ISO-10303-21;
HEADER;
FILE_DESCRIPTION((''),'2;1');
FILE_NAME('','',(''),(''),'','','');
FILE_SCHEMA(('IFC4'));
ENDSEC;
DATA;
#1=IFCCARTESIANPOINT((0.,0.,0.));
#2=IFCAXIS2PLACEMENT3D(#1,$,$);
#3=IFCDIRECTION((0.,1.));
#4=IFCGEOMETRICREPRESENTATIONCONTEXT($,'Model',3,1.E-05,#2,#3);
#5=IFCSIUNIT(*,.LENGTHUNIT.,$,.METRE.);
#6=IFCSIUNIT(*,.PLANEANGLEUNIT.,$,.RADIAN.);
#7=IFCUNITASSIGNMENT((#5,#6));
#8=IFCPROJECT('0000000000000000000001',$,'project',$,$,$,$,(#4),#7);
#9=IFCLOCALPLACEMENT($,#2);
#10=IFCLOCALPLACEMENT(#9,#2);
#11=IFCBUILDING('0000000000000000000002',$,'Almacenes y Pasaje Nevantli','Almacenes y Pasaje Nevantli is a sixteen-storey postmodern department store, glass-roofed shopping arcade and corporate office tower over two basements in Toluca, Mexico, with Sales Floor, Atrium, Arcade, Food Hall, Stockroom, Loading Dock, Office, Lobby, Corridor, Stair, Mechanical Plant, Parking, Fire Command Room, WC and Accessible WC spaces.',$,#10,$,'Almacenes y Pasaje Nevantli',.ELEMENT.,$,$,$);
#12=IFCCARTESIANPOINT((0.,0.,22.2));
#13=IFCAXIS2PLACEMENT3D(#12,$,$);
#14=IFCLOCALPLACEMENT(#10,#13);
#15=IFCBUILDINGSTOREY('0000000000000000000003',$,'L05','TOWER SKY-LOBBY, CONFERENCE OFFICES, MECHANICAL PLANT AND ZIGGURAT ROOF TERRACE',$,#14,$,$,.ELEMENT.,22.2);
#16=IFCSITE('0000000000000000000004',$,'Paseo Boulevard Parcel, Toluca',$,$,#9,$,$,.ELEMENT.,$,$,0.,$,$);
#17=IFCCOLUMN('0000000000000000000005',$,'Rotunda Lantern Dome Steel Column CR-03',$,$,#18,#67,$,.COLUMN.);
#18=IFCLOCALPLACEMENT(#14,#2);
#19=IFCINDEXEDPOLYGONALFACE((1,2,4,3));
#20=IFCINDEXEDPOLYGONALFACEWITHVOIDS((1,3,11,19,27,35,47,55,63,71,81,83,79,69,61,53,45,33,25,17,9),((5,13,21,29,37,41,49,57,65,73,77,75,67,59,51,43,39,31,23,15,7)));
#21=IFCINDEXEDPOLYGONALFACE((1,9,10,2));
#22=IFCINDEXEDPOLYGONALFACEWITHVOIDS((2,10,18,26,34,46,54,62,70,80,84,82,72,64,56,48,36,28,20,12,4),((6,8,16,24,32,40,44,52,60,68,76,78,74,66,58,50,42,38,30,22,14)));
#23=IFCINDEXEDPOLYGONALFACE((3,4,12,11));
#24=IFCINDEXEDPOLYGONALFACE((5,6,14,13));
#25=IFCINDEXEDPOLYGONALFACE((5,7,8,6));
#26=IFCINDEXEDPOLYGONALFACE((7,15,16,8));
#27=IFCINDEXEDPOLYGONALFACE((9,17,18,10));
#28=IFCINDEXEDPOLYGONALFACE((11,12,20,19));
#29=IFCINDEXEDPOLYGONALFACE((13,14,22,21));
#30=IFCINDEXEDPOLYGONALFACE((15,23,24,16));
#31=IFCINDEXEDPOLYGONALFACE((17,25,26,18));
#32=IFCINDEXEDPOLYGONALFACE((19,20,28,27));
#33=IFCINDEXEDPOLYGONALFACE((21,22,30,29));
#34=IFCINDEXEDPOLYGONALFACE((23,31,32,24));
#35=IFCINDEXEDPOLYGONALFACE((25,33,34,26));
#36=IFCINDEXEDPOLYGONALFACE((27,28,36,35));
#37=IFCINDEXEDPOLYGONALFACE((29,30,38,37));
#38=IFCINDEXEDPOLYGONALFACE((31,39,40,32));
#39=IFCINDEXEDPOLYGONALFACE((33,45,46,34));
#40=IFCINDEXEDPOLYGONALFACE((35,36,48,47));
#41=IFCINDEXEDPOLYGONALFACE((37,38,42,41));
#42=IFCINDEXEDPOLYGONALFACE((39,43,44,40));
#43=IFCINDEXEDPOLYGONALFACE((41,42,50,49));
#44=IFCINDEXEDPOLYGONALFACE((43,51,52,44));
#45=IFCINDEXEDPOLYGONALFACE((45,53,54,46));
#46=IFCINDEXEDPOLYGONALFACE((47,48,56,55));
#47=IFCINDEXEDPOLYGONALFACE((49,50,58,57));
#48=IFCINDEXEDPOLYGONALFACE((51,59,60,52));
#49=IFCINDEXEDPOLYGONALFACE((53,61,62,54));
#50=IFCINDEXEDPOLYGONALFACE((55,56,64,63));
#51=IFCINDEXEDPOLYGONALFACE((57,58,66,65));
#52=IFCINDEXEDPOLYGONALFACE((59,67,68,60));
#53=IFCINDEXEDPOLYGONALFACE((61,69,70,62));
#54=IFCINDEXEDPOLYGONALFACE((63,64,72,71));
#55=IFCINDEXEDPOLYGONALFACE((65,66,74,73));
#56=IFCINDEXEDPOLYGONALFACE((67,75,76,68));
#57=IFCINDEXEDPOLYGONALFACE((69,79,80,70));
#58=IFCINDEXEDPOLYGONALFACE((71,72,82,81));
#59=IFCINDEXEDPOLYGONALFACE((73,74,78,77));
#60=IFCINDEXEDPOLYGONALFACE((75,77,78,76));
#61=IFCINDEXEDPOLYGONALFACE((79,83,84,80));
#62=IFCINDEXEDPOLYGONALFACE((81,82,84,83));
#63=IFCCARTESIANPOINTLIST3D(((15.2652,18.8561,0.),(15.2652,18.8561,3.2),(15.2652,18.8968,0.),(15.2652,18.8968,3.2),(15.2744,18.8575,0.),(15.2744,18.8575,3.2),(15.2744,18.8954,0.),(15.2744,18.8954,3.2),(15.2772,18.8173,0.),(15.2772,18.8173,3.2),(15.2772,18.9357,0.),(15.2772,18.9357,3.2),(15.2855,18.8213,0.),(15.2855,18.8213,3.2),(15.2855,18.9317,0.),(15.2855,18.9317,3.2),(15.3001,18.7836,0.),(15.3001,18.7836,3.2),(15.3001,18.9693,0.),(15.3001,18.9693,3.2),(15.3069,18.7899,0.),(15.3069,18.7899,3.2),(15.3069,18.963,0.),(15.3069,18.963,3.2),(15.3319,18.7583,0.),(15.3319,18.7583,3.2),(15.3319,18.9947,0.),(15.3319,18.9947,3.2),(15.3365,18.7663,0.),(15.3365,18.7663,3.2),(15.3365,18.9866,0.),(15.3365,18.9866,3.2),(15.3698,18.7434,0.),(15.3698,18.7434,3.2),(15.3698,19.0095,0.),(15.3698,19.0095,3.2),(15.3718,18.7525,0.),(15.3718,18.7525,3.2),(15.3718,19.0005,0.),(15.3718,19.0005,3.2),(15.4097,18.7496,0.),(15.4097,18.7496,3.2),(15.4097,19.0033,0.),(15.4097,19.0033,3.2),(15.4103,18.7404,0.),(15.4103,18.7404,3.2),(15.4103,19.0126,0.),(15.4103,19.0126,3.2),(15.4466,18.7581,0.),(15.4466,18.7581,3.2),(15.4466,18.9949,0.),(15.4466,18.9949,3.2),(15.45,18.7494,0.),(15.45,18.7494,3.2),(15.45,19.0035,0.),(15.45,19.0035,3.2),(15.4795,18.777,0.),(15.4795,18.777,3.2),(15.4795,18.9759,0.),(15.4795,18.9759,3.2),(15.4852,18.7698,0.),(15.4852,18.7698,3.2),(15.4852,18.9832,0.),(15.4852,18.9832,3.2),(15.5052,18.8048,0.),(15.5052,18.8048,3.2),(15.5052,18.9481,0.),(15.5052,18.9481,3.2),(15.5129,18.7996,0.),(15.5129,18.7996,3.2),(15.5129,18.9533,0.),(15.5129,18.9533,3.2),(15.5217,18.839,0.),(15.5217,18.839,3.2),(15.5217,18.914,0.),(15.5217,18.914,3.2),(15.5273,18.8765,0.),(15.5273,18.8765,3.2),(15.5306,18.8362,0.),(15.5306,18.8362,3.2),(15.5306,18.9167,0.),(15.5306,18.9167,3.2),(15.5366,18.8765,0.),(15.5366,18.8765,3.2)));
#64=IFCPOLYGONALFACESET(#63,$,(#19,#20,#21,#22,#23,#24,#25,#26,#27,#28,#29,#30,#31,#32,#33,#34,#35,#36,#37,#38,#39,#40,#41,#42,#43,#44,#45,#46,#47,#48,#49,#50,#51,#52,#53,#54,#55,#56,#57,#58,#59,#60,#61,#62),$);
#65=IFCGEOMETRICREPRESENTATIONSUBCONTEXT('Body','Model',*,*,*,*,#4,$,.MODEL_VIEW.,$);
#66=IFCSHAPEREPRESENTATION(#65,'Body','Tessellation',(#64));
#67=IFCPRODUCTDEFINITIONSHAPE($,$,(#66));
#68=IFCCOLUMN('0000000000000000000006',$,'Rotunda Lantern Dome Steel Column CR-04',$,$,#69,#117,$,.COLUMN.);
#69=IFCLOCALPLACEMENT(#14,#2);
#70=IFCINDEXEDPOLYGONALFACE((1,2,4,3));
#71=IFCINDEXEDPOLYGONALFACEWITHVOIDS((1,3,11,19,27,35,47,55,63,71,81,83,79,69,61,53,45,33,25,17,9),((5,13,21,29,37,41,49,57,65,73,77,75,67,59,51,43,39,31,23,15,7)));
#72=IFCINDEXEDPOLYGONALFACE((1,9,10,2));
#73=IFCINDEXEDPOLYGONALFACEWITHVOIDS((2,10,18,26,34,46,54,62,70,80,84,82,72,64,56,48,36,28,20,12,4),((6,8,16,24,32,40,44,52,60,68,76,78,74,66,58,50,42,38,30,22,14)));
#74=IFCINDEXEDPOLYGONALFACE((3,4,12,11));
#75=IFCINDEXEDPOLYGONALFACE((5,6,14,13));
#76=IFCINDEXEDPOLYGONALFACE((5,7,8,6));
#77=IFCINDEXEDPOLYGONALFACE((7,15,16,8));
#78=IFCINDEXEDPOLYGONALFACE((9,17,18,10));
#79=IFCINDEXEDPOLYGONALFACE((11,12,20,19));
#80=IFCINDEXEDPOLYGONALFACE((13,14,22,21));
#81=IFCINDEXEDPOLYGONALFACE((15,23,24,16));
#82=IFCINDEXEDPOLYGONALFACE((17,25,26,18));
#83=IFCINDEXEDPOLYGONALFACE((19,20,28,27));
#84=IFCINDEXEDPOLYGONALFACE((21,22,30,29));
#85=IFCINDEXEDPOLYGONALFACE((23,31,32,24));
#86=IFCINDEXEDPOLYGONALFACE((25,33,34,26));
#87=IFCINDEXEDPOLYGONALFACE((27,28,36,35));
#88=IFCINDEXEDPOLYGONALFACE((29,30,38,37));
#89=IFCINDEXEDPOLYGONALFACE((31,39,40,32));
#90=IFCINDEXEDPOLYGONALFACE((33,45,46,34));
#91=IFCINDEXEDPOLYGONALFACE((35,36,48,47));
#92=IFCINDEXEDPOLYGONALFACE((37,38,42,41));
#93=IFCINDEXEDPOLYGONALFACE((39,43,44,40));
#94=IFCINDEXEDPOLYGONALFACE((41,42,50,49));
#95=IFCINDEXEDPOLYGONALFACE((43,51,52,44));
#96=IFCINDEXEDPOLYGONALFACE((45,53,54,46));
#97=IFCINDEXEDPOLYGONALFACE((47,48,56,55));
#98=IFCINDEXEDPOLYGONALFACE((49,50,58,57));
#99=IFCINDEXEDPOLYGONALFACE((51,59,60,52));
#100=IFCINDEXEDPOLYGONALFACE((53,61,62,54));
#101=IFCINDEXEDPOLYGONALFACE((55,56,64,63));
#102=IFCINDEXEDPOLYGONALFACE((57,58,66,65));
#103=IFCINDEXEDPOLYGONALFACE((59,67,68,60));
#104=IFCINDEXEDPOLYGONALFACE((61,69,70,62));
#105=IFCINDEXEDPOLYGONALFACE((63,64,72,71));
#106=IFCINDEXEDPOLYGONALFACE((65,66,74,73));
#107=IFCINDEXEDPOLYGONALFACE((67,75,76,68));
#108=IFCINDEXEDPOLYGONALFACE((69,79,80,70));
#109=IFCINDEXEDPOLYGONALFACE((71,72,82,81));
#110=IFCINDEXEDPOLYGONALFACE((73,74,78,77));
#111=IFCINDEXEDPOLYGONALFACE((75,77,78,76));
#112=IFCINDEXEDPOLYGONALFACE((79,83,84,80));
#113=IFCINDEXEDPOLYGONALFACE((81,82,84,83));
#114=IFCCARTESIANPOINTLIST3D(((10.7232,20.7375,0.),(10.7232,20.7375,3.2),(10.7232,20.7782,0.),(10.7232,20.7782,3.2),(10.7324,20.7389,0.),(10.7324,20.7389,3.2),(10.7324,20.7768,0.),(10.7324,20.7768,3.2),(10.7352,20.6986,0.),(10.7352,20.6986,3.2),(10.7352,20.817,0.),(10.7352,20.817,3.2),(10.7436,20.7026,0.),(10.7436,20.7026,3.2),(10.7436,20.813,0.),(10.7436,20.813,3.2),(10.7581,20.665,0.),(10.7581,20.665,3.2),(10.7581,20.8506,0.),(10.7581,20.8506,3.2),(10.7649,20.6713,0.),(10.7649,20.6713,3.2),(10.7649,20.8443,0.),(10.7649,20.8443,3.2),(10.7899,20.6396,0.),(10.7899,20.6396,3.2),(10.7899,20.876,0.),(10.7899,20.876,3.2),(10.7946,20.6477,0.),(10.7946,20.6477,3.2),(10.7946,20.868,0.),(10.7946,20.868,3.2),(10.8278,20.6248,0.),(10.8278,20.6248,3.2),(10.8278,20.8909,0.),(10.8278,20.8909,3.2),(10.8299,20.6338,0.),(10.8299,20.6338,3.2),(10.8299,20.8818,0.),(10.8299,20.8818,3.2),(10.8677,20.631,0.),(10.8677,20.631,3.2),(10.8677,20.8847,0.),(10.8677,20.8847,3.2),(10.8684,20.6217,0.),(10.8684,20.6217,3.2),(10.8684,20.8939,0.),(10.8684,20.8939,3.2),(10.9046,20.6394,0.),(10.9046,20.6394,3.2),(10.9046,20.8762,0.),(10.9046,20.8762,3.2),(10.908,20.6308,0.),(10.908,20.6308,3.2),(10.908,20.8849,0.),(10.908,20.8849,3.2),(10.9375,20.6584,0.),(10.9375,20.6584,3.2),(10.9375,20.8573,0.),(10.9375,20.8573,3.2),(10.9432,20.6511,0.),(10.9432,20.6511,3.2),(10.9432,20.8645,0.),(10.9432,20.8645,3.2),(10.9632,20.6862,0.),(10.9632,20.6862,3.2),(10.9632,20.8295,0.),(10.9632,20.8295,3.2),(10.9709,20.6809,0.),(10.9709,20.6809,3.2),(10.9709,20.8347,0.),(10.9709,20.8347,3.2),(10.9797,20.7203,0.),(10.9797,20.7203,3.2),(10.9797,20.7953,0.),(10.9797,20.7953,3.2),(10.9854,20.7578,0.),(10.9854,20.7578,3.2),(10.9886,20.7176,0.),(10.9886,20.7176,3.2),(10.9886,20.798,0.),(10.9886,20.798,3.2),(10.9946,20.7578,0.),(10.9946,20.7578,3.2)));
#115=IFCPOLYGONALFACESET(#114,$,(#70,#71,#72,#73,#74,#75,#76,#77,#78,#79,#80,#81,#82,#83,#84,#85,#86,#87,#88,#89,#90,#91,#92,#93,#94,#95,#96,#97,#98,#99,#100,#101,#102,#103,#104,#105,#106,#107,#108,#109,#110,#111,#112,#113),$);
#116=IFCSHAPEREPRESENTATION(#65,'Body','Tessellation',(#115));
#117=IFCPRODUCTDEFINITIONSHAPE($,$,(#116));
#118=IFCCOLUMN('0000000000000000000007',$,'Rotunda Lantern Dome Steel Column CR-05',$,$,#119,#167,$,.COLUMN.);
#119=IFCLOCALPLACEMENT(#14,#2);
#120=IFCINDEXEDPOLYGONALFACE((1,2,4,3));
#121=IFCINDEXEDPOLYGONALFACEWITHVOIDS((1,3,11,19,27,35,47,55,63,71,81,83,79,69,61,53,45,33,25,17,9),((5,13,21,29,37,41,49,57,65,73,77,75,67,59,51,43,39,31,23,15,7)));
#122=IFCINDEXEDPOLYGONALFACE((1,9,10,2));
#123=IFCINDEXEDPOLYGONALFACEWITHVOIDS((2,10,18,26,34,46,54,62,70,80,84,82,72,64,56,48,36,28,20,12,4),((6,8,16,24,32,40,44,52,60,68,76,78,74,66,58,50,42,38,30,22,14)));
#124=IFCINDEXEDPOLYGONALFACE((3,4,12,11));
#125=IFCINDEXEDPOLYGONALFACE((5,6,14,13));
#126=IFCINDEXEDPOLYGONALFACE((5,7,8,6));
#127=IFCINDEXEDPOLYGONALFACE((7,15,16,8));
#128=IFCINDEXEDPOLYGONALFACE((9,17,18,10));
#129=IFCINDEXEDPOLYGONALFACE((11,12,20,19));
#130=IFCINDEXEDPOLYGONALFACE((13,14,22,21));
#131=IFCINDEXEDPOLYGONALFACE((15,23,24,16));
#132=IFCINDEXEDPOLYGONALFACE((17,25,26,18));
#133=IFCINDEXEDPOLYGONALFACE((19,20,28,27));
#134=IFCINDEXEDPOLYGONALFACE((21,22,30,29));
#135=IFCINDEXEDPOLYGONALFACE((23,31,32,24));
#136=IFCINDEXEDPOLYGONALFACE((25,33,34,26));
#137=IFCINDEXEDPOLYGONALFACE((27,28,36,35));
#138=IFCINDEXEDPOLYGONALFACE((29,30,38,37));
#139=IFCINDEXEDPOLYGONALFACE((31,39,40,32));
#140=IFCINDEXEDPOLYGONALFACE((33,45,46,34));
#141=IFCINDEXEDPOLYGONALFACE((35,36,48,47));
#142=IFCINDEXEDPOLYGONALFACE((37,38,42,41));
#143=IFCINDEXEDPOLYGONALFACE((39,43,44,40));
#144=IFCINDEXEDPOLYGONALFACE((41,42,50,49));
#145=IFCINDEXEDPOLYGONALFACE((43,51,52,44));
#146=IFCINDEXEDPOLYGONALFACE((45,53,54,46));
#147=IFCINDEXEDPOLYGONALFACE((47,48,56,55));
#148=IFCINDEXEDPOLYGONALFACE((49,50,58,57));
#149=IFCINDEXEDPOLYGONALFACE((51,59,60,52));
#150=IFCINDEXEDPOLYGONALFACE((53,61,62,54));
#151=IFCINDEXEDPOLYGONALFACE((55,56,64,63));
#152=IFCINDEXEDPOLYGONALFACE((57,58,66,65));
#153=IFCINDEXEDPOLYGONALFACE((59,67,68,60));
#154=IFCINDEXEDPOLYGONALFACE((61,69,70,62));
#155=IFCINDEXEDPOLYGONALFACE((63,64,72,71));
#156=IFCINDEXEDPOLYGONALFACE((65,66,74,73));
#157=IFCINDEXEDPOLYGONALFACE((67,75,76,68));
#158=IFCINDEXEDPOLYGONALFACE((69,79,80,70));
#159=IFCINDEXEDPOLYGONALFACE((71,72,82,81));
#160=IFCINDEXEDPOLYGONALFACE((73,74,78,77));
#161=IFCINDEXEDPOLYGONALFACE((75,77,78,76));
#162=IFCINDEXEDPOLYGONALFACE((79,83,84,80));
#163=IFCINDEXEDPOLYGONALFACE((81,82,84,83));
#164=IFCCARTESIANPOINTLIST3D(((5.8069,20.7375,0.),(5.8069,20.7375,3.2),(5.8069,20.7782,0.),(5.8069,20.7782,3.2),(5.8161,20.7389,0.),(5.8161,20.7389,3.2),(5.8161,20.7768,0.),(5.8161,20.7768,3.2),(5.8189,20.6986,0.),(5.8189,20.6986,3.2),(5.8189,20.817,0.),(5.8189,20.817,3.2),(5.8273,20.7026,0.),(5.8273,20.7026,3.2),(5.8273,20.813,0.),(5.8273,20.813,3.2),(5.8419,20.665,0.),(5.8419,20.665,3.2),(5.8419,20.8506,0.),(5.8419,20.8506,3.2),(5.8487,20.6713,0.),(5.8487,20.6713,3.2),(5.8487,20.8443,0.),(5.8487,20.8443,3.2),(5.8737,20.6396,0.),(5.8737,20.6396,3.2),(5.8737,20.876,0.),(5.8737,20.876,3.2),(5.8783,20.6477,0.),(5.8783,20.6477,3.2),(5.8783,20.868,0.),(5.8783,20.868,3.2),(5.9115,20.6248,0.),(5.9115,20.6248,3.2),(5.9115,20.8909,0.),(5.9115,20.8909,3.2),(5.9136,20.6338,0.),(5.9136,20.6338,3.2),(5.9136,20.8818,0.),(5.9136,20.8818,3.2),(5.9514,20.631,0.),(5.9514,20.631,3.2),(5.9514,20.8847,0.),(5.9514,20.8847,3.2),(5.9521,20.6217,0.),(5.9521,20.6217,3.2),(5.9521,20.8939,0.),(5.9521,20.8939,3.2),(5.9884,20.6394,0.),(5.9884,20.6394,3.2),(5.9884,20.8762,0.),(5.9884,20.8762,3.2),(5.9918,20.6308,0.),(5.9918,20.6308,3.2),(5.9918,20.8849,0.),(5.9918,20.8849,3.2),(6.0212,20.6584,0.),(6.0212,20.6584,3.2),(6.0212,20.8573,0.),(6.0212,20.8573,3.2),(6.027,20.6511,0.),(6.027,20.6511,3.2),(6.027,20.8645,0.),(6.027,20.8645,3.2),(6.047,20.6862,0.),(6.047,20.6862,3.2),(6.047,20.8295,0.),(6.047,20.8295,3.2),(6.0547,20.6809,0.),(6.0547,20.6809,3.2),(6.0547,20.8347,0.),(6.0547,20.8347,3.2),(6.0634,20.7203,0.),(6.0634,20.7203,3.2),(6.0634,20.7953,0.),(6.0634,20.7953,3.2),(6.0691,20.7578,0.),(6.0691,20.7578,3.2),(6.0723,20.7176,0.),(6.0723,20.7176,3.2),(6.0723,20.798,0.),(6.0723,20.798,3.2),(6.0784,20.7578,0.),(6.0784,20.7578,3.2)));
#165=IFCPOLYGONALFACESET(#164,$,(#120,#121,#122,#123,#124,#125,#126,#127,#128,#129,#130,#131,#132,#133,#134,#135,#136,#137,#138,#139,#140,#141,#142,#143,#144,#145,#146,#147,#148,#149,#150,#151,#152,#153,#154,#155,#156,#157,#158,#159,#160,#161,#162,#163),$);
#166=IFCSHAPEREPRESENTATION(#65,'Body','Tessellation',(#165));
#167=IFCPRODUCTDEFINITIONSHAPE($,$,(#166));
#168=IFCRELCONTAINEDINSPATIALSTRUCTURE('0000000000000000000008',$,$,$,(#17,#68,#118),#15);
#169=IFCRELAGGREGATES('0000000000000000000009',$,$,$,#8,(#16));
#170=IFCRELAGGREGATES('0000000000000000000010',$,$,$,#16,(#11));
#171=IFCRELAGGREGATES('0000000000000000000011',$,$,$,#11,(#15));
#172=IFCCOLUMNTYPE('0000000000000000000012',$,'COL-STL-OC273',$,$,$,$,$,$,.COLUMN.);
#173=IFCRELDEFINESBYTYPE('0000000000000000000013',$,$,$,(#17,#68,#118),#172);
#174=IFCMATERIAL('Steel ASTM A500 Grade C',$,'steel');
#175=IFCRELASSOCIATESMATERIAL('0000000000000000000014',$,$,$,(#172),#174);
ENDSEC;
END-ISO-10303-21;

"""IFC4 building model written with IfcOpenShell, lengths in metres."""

from ifc_helpers import new_model, si_unit, direction, frame, origin, origin_2d, place, context, subcontext, project, spatial, hollow_circle, extrude, material, material_profile, profile_set, type_object, element, save


model = new_model("IFC4")

# Units and contexts
model_context = context("Model", 3, precision=1e-05, world=origin(), true_north=direction((0.0, 1.0)))
body_context = subcontext(model_context, "Body", "Model", "MODEL_VIEW")
ifc_project = project(units=[si_unit("LENGTHUNIT", "METRE"), si_unit("PLANEANGLEUNIT", "RADIAN")], contexts=[model_context])

# Site, building, storey
site_placement = place(None, origin())
site = spatial("IfcSite", under=ifc_project, at=site_placement, Name="Paseo Boulevard Parcel, Toluca", CompositionType="ELEMENT", RefElevation=0.0)
building_placement = place(site_placement, origin())
building = spatial("IfcBuilding", under=site, at=building_placement, Name="Almacenes y Pasaje Nevantli", Description="Almacenes y Pasaje Nevantli is a sixteen-storey postmodern department store, glass-roofed shopping arcade and corporate office tower over two basements in Toluca, Mexico, with Sales Floor, Atrium, Arcade, Food Hall, Stockroom, Loading Dock, Office, Lobby, Corridor, Stair, Mechanical Plant, Parking, Fire Command Room, WC and Accessible WC spaces.", LongName="Almacenes y Pasaje Nevantli", CompositionType="ELEMENT")
storey_placement = place(building_placement, frame((0.0, 0.0, 22.2)))
storey = spatial("IfcBuildingStorey", under=building, at=storey_placement, Name="L05", Description="TOWER SKY-LOBBY, CONFERENCE OFFICES, MECHANICAL PLANT AND ZIGGURAT ROOF TERRACE", CompositionType="ELEMENT", Elevation=22.2)

# Columns
ifc_material_1 = material(Name="Steel ASTM A500 Grade C", Category="steel")
ifc_material_profile_1 = material_profile(ifc_material_1, hollow_circle(Radius=0.1365, WallThickness=0.0093, at=origin_2d()), Name="OC 273x9.3")
ifc_profile_set_1 = profile_set([ifc_material_profile_1], Name="Steel ASTM A500 Grade C")
column_type = type_object("IfcColumnType", Name="COL-STL-OC273", PredefinedType="COLUMN", material=ifc_profile_set_1)
for number, where, z_axis, x_axis, name in (
    (1, (15.4001, 18.8765, 0.0), (0.0, 0.0, 1.0), (1.0, 0.0, 0.0), "Rotunda Lantern Dome Steel Column CR-03"),
    (2, (10.8582, 20.7578, 0.0), (0.0, 0.0, 1.0), (1.0, 0.0, 0.0), "Rotunda Lantern Dome Steel Column CR-04"),
    (3, (5.9419, 20.7578, 0.0), (0.0, 0.0, 1.0), (1.0, 0.0, 0.0), "Rotunda Lantern Dome Steel Column CR-05"),
):
    element("IfcColumn", number, at=place(storey_placement, frame(where, z_axis=z_axis, x_axis=x_axis)), inside=storey, type_object=column_type, Name=name, PredefinedType="COLUMN", context=body_context, shape_type="SweptSolid", body=[
        extrude(hollow_circle(Radius=0.1365, WallThickness=0.0093, at=origin_2d()), origin(), (0.0, 0.0, 1.0), 3.2),
    ])

save(model, "model.ifc")
